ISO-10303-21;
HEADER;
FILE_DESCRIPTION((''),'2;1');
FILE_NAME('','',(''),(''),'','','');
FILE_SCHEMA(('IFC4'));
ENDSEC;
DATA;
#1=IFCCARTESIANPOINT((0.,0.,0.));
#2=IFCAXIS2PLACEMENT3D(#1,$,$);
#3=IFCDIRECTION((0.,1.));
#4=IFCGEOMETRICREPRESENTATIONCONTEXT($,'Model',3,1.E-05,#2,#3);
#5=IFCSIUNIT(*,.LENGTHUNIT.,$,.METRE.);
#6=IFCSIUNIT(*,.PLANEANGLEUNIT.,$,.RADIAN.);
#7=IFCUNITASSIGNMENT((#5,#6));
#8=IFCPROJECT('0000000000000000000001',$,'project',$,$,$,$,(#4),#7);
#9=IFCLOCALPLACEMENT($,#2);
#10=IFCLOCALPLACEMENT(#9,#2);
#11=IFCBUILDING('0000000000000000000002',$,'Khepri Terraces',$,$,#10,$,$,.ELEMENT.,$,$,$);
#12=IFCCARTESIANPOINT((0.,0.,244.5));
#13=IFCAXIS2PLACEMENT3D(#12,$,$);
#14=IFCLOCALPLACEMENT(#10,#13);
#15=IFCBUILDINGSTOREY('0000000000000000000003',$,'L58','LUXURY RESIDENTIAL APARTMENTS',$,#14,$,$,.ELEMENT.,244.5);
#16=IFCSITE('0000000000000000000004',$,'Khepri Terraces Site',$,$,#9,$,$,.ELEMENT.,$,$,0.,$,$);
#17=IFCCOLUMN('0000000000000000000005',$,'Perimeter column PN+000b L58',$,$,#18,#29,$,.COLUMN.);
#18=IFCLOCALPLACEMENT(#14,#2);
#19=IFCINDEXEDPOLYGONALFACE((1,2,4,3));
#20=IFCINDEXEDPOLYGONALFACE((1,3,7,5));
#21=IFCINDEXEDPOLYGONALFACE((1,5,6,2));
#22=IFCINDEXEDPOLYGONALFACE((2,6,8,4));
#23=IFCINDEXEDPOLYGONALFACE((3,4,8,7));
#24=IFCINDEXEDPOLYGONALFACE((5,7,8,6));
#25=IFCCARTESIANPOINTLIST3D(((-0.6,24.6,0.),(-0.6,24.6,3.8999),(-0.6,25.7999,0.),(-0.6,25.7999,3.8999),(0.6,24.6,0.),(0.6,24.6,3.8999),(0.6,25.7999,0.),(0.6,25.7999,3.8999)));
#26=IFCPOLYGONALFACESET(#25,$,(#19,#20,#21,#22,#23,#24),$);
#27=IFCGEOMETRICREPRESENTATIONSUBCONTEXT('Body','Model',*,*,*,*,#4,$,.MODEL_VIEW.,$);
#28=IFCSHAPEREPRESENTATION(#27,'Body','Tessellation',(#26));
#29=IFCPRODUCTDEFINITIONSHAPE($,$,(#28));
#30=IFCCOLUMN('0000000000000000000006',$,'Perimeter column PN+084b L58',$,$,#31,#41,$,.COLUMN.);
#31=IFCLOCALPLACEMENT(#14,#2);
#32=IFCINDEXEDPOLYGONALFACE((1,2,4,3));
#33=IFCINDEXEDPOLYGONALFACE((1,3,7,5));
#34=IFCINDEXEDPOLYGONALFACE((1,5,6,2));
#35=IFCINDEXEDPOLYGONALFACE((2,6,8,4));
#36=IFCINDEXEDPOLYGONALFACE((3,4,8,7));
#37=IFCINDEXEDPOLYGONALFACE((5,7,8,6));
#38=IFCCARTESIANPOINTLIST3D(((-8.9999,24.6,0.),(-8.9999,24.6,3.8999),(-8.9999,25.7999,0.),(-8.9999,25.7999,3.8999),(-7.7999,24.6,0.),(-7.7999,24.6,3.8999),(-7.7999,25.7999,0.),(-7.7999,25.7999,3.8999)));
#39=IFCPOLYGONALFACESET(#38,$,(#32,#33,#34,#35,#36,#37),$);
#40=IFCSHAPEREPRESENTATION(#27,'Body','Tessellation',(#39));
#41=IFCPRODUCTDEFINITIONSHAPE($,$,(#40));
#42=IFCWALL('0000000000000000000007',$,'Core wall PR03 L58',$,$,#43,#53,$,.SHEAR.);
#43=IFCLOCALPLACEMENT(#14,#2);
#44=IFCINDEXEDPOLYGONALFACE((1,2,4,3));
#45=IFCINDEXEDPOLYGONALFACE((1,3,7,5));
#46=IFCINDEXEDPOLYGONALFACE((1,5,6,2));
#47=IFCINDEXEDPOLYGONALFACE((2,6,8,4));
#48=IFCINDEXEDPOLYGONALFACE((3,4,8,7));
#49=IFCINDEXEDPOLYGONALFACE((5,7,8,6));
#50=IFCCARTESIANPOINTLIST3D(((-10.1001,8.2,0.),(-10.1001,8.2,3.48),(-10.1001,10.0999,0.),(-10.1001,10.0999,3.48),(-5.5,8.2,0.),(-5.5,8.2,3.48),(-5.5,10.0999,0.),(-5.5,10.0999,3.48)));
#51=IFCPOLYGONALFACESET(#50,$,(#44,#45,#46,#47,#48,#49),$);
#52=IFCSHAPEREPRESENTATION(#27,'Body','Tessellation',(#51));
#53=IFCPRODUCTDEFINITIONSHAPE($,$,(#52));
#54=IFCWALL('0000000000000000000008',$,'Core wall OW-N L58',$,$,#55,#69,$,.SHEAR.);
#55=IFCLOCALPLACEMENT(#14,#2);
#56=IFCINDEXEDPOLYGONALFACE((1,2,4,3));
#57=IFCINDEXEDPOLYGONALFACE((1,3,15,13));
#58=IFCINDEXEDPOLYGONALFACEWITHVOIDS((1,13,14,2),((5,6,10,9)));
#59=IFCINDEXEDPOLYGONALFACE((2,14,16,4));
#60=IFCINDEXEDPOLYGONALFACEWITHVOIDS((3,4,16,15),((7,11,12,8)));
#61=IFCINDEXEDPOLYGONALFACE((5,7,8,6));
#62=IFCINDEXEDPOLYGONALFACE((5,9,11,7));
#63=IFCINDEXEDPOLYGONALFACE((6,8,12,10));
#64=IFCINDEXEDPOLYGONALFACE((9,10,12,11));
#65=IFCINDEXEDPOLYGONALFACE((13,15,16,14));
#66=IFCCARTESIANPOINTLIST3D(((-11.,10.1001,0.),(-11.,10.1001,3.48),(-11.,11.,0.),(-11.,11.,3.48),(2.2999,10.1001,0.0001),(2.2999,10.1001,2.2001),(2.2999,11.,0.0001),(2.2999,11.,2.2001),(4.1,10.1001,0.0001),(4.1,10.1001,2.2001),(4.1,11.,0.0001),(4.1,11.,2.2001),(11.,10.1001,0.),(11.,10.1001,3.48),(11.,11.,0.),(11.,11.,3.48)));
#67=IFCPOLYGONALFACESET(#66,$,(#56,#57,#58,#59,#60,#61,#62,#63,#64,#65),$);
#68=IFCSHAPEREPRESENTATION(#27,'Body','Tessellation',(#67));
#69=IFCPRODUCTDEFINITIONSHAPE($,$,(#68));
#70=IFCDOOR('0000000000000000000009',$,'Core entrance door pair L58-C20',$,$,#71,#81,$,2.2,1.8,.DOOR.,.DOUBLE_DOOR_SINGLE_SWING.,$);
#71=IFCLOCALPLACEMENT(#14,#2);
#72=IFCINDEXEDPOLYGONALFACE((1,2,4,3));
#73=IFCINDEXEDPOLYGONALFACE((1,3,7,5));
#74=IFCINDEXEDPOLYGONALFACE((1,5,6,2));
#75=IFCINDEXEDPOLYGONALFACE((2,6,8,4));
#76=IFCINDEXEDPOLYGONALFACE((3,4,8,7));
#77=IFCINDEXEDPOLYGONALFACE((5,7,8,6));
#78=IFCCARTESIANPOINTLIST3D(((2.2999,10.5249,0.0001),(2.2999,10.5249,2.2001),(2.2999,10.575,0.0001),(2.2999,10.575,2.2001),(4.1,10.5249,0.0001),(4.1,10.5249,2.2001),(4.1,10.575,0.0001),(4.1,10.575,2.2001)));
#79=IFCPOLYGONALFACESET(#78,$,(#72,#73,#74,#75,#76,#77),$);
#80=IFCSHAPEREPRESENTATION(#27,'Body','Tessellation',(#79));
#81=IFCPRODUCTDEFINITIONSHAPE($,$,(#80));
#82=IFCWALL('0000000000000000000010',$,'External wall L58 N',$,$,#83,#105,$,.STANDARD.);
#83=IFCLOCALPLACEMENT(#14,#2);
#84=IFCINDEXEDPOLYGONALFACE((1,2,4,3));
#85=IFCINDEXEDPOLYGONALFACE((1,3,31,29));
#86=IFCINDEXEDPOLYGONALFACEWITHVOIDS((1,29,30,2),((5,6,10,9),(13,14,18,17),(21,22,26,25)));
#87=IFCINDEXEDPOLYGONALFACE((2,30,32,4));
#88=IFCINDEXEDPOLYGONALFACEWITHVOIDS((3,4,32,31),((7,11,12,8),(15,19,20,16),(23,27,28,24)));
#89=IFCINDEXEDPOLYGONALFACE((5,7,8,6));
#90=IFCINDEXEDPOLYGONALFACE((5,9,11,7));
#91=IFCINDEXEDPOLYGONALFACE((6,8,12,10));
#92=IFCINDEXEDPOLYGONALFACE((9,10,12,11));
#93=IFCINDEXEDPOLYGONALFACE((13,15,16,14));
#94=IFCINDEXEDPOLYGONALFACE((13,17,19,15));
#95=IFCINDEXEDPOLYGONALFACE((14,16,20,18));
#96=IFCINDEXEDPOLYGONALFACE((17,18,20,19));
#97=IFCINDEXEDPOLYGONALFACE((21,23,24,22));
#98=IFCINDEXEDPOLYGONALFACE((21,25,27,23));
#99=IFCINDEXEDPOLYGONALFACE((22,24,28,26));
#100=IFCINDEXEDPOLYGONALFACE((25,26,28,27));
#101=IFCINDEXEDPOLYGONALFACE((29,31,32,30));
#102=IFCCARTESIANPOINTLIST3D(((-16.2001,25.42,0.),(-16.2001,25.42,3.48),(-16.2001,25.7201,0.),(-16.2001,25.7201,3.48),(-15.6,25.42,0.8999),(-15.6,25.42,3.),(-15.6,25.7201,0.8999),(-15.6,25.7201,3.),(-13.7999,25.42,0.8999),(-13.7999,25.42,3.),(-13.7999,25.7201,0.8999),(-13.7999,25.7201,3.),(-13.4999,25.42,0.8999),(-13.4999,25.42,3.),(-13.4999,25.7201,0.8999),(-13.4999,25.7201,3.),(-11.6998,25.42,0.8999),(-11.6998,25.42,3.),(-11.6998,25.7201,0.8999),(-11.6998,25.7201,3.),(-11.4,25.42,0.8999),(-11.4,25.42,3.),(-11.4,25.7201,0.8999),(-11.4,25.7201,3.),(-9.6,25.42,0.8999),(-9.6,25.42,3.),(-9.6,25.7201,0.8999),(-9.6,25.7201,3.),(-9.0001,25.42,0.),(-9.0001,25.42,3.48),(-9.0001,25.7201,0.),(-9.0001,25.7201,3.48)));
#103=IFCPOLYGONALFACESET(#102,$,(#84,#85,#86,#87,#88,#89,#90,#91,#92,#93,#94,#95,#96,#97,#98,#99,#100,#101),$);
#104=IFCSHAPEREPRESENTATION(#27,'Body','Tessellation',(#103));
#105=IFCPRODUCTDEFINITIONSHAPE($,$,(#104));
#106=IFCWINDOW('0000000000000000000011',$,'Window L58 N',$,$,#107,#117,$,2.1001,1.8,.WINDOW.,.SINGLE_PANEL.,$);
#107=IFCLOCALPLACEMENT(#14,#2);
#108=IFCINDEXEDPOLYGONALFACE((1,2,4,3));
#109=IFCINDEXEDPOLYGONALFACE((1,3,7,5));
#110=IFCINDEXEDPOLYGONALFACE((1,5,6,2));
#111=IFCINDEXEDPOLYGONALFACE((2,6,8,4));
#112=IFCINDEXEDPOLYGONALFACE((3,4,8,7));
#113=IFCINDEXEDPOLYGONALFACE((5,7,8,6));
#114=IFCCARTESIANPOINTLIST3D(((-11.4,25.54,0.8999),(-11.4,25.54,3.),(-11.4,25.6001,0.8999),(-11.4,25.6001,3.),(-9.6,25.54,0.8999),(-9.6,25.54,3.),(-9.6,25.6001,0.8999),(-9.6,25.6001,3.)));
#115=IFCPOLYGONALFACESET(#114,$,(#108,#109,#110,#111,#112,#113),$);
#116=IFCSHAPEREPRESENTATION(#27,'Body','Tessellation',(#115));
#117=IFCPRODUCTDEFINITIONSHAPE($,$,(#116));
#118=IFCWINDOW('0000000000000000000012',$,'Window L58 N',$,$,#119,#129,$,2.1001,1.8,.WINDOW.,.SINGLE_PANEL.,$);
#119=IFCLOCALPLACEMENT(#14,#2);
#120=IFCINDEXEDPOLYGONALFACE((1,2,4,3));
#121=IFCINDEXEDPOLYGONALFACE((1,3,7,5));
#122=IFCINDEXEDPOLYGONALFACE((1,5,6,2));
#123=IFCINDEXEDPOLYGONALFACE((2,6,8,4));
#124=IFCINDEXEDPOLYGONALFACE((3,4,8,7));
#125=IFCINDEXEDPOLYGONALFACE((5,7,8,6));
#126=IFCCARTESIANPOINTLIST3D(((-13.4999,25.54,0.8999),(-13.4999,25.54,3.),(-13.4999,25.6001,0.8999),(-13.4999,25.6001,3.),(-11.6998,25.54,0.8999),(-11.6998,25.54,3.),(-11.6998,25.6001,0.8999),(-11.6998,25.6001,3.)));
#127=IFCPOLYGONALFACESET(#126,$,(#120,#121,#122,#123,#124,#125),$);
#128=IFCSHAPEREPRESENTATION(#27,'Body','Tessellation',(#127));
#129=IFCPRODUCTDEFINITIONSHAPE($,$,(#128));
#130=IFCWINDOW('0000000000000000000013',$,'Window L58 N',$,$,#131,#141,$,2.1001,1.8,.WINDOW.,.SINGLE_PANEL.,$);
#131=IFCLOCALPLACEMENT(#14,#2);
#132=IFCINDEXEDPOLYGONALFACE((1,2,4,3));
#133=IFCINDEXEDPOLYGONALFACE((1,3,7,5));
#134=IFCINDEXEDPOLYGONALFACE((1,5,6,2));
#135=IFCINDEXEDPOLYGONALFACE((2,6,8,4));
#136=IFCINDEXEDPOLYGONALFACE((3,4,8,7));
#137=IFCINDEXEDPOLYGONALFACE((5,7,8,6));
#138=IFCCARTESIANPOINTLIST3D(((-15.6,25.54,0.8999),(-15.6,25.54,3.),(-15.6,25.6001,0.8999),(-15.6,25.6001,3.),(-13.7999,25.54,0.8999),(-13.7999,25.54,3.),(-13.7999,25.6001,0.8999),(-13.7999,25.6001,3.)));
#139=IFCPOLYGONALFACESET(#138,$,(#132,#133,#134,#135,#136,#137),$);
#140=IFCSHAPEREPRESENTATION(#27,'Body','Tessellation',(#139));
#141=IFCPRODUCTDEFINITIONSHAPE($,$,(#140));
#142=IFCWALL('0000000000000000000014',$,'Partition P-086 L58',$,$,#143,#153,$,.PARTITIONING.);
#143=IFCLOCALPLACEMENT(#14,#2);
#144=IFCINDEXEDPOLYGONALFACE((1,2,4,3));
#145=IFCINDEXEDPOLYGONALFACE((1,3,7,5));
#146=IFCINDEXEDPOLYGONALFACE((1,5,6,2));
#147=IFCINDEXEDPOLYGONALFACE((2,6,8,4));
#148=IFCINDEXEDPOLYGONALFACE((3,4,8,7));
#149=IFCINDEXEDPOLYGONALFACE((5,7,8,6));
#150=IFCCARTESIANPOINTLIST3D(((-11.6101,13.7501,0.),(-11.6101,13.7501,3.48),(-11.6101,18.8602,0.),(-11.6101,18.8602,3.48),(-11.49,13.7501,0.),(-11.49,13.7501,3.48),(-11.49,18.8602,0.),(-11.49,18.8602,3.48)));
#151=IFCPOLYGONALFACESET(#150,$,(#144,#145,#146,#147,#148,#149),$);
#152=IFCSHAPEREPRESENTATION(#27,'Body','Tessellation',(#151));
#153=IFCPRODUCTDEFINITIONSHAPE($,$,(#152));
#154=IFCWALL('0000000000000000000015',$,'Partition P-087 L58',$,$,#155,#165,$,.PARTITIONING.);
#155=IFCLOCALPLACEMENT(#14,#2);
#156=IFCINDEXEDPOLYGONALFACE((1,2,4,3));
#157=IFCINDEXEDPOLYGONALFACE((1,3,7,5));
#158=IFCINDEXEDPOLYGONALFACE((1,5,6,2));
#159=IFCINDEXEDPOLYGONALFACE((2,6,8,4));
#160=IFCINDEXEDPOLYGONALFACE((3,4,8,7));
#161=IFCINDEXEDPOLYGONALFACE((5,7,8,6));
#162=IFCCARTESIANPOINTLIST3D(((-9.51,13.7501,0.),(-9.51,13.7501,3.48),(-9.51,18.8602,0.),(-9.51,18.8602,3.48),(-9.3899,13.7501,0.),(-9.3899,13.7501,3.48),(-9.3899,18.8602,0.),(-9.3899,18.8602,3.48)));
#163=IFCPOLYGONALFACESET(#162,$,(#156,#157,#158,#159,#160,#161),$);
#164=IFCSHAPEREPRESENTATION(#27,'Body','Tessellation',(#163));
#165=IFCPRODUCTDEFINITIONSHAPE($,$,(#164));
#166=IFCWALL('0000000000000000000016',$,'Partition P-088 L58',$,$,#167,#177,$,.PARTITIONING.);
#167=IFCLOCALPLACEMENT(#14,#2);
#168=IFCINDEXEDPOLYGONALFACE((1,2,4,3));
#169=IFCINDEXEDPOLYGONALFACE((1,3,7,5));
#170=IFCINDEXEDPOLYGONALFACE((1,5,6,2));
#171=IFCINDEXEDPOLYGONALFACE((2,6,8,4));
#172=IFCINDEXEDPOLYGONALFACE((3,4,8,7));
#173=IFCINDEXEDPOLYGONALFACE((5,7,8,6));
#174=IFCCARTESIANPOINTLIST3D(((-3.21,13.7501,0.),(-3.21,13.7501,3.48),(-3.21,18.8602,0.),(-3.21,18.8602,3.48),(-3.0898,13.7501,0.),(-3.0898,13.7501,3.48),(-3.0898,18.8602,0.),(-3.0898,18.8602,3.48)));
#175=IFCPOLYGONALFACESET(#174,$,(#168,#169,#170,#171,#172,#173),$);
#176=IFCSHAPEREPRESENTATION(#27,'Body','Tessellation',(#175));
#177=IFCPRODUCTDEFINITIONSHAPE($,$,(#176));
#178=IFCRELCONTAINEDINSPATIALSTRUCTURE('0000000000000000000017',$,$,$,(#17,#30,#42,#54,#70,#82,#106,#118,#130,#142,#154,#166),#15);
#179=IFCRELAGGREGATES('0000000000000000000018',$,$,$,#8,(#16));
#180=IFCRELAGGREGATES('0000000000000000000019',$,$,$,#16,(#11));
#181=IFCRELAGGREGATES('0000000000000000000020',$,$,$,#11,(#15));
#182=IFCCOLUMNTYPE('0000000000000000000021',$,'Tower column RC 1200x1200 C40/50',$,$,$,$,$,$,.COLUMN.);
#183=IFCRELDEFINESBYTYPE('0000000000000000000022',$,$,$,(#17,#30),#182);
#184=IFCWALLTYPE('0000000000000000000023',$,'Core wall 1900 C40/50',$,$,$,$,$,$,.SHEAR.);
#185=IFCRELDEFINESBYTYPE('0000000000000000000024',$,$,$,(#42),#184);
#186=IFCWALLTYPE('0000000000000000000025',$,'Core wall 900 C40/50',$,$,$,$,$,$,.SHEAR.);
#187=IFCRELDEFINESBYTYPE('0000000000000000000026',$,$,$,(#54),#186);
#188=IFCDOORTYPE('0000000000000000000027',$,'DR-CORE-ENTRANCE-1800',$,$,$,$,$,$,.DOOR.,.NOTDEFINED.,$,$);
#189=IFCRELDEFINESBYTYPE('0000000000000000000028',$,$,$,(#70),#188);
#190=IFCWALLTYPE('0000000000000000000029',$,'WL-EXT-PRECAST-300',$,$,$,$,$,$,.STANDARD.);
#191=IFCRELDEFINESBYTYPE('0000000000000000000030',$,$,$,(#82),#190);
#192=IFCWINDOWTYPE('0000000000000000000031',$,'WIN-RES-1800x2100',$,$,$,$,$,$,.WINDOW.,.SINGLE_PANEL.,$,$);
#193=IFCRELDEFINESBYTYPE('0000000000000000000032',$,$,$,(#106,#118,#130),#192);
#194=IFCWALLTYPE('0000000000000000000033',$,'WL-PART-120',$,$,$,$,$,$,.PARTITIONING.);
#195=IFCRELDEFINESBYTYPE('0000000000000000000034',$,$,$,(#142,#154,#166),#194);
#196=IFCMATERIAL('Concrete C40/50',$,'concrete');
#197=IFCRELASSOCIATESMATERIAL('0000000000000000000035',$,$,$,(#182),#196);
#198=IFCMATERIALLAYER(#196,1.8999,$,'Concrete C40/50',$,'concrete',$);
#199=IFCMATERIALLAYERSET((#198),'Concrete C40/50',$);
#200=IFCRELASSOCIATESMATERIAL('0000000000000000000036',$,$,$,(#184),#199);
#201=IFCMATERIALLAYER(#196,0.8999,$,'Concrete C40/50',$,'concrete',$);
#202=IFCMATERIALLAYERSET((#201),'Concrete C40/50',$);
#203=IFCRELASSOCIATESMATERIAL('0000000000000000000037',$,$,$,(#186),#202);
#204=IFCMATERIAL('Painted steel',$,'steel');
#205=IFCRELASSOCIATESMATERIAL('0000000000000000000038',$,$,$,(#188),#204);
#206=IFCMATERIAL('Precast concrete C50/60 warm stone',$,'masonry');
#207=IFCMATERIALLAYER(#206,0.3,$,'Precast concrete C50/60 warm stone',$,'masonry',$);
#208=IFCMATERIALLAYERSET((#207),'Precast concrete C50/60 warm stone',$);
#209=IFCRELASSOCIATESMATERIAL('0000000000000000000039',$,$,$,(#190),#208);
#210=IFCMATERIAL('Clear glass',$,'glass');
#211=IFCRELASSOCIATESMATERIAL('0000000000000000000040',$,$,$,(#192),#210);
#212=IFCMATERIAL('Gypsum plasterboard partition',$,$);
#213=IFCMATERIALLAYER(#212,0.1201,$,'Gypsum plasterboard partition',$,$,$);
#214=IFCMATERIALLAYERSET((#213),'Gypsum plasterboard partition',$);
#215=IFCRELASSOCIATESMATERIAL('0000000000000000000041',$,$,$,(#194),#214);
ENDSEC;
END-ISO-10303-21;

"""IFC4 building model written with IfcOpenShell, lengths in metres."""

from ifc_helpers import new_model, si_unit, direction, frame, frame_2d, origin, origin_2d, place, context, subcontext, project, spatial, rectangle, extrude, material, layer, layer_set, material_profile, profile_set, type_object, element, fill, save


model = new_model("IFC4")

# Units and contexts
model_context = context("Model", 3, precision=1e-05, world=origin(), true_north=direction((0.0, 1.0)))
body_context = subcontext(model_context, "Body", "Model", "MODEL_VIEW")
ifc_project = project(units=[si_unit("LENGTHUNIT", "METRE"), si_unit("PLANEANGLEUNIT", "RADIAN")], contexts=[model_context])

# Site, building, storey
site_placement = place(None, origin())
site = spatial("IfcSite", under=ifc_project, at=site_placement, Name="Khepri Terraces Site", CompositionType="ELEMENT", RefElevation=0.0)
building_placement = place(site_placement, origin())
building = spatial("IfcBuilding", under=site, at=building_placement, Name="Khepri Terraces", CompositionType="ELEMENT")
storey_placement = place(building_placement, frame((0.0, 0.0, 244.5)))
storey = spatial("IfcBuildingStorey", under=building, at=storey_placement, Name="L58", Description="LUXURY RESIDENTIAL APARTMENTS", CompositionType="ELEMENT", Elevation=244.5)

# Columns
ifc_material_1 = material(Name="Concrete C40/50", Category="concrete")
ifc_material_profile = material_profile(ifc_material_1, rectangle(XDim=1.2, YDim=1.2, at=origin_2d()), Name="Concrete C40/50", Category="concrete")
ifc_profile_set = profile_set([ifc_material_profile], Name="Concrete C40/50")
column_type = type_object("IfcColumnType", Name="Tower column RC 1200x1200 C40/50", PredefinedType="COLUMN", material=ifc_profile_set)
for number, where, z_axis, x_axis, name in (
    (1, (0.0, 25.2, 0.0), (0.0, 0.0, 1.0), (1.0, 0.0, 0.0), "Perimeter column PN+000b L58"),
    (2, (-8.3999, 25.2, 0.0), (0.0, 0.0, 1.0), (1.0, 0.0, 0.0), "Perimeter column PN+084b L58"),
):
    element("IfcColumn", number, at=place(storey_placement, frame(where, z_axis=z_axis, x_axis=x_axis)), inside=storey, type_object=column_type, Name=name, PredefinedType="COLUMN", context=body_context, shape_type="SweptSolid", body=[
        extrude(rectangle(XDim=1.2, YDim=1.2, at=origin_2d()), origin(), (0.0, 0.0, 1.0), 3.8999),
    ])

# Wall
ifc_layer_1 = layer(ifc_material_1, 1.8999, Name="Concrete C40/50", Category="concrete")
ifc_layer_set_1 = layer_set([ifc_layer_1], Name="Concrete C40/50")
wall_type_1 = type_object("IfcWallType", Name="Core wall 1900 C40/50", PredefinedType="SHEAR", material=ifc_layer_set_1)
wall_1_placement = place(storey_placement, frame((-10.1001, 9.1499, 0.0), z_axis=(0.0, 0.0, 1.0), x_axis=(1.0, 0.0, 0.0)))
element("IfcWall", 3, at=wall_1_placement, inside=storey, type_object=wall_type_1, Name="Core wall PR03 L58", PredefinedType="SHEAR", context=body_context, shape_type="SweptSolid", body=[
    extrude(rectangle(XDim=4.6001, YDim=1.8999, at=frame_2d((2.3, 0.0))), origin(), (0.0, 0.0, 1.0), 3.48),
])

# Wall, opening, door
ifc_layer_2 = layer(ifc_material_1, 0.8999, Name="Concrete C40/50", Category="concrete")
ifc_layer_set_2 = layer_set([ifc_layer_2], Name="Concrete C40/50")
wall_type_2 = type_object("IfcWallType", Name="Core wall 900 C40/50", PredefinedType="SHEAR", material=ifc_layer_set_2)
wall_2_placement = place(storey_placement, frame((-11.0, 10.55, 0.0), z_axis=(0.0, 0.0, 1.0), x_axis=(1.0, 0.0, 0.0)))
wall_2 = element("IfcWall", 4, at=wall_2_placement, inside=storey, type_object=wall_type_2, Name="Core wall OW-N L58", PredefinedType="SHEAR", context=body_context, shape_type="SweptSolid", body=[
    extrude(rectangle(XDim=22.0, YDim=0.8999, at=frame_2d((11.0, 0.0))), origin(), (0.0, 0.0, 1.0), 3.48),
])
opening_1_placement = place(wall_2_placement, frame((13.3, 0.0, 0.0)))
opening_1 = element("IfcOpeningElement", 5, at=opening_1_placement, cuts=wall_2, PredefinedType="OPENING", context=body_context, shape_type="SweptSolid", body=[
    extrude(rectangle(XDim=1.8, YDim=2.2, at=frame_2d((0.8999, 1.1001))), frame((0.0, 0.46, 0.0), z_axis=(0.0, -1.0, 0.0), x_axis=(1.0, 0.0, 0.0)), (0.0, 0.0, 1.0), 0.9199),
])
ifc_material_2 = material(Name="Painted steel", Category="steel")
door_type_1 = type_object("IfcDoorType", Name="DR-CORE-ENTRANCE-1800", OperationType="NOTDEFINED", PredefinedType="DOOR", material=ifc_material_2)
door_1_placement = place(opening_1_placement, origin())
door_1 = element("IfcDoor", 6, at=door_1_placement, inside=storey, type_object=door_type_1, Name="Core entrance door pair L58-C20", OperationType="DOUBLE_DOOR_SINGLE_SWING", OverallHeight=2.2, OverallWidth=1.8, PredefinedType="DOOR", context=body_context, shape_type="SweptSolid", body=[
    extrude(rectangle(XDim=1.8, YDim=2.2, at=frame_2d((0.8999, 1.1001))), frame((0.0, 0.0249, 0.0), z_axis=(0.0, -1.0, 0.0), x_axis=(1.0, 0.0, 0.0)), (0.0, 0.0, 1.0), 0.05),
])
fill(opening_1, door_1)

# Shared definitions
ifc_material_3 = material(Name="Precast concrete C50/60 warm stone", Category="masonry")
ifc_layer_3 = layer(ifc_material_3, 0.3, Name="Precast concrete C50/60 warm stone", Category="masonry")
ifc_layer_set_3 = layer_set([ifc_layer_3], Name="Precast concrete C50/60 warm stone")
wall_type_3 = type_object("IfcWallType", Name="WL-EXT-PRECAST-300", PredefinedType="STANDARD", material=ifc_layer_set_3)
ifc_material_4 = material(Name="Clear glass", Category="glass")
window_type = type_object("IfcWindowType", Name="WIN-RES-1800x2100", PartitioningType="SINGLE_PANEL", PredefinedType="WINDOW", material=ifc_material_4)

# Wall, openings, windows
wall_3_placement = place(storey_placement, frame((-9.0, 25.5701, 0.0), z_axis=(0.0, 0.0, 1.0), x_axis=(-1.0, 0.0, 0.0)))
wall_3 = element("IfcWall", 7, at=wall_3_placement, inside=storey, type_object=wall_type_3, Name="External wall L58 N", PredefinedType="STANDARD", context=body_context, shape_type="SweptSolid", body=[
    extrude(rectangle(XDim=7.2, YDim=0.3, at=frame_2d((3.6001, 0.0))), origin(), (0.0, 0.0, 1.0), 3.48),
])
opening_2_placement = place(wall_3_placement, frame((0.6001, 0.0, 0.8999)))
opening_2 = element("IfcOpeningElement", 8, at=opening_2_placement, cuts=wall_3, PredefinedType="OPENING", context=body_context, shape_type="SweptSolid", body=[
    extrude(rectangle(XDim=1.8, YDim=2.1001, at=frame_2d((0.8999, 1.05))), frame((0.0, 0.1602, 0.0), z_axis=(0.0, -1.0, 0.0), x_axis=(1.0, 0.0, 0.0)), (0.0, 0.0, 1.0), 0.3201),
])
opening_3_placement = place(wall_3_placement, frame((2.7, 0.0, 0.8999)))
opening_3 = element("IfcOpeningElement", 9, at=opening_3_placement, cuts=wall_3, PredefinedType="OPENING", context=body_context, shape_type="SweptSolid", body=[
    extrude(rectangle(XDim=1.8, YDim=2.1001, at=frame_2d((0.8999, 1.05))), frame((0.0, 0.1602, 0.0), z_axis=(0.0, -1.0, 0.0), x_axis=(1.0, 0.0, 0.0)), (0.0, 0.0, 1.0), 0.3201),
])
opening_4_placement = place(wall_3_placement, frame((4.8, 0.0, 0.8999)))
opening_4 = element("IfcOpeningElement", 10, at=opening_4_placement, cuts=wall_3, PredefinedType="OPENING", context=body_context, shape_type="SweptSolid", body=[
    extrude(rectangle(XDim=1.8, YDim=2.1001, at=frame_2d((0.8999, 1.05))), frame((0.0, 0.1602, 0.0), z_axis=(0.0, -1.0, 0.0), x_axis=(1.0, 0.0, 0.0)), (0.0, 0.0, 1.0), 0.3201),
])
window_1_placement = place(opening_2_placement, origin())
window_1 = element("IfcWindow", 11, at=window_1_placement, inside=storey, type_object=window_type, Name="Window L58 N", OverallHeight=2.1001, OverallWidth=1.8, PartitioningType="SINGLE_PANEL", PredefinedType="WINDOW", context=body_context, shape_type="SweptSolid", body=[
    extrude(rectangle(XDim=1.8, YDim=2.1001, at=frame_2d((0.8999, 1.05))), frame((0.0, 0.03, 0.0), z_axis=(0.0, -1.0, 0.0), x_axis=(1.0, 0.0, 0.0)), (0.0, 0.0, 1.0), 0.0601),
])
fill(opening_2, window_1)
window_2_placement = place(opening_3_placement, origin())
window_2 = element("IfcWindow", 12, at=window_2_placement, inside=storey, type_object=window_type, Name="Window L58 N", OverallHeight=2.1001, OverallWidth=1.8, PartitioningType="SINGLE_PANEL", PredefinedType="WINDOW", context=body_context, shape_type="SweptSolid", body=[
    extrude(rectangle(XDim=1.8, YDim=2.1001, at=frame_2d((0.8999, 1.05))), frame((0.0, 0.03, 0.0), z_axis=(0.0, -1.0, 0.0), x_axis=(1.0, 0.0, 0.0)), (0.0, 0.0, 1.0), 0.0601),
])
fill(opening_3, window_2)
window_3_placement = place(opening_4_placement, origin())
window_3 = element("IfcWindow", 13, at=window_3_placement, inside=storey, type_object=window_type, Name="Window L58 N", OverallHeight=2.1001, OverallWidth=1.8, PartitioningType="SINGLE_PANEL", PredefinedType="WINDOW", context=body_context, shape_type="SweptSolid", body=[
    extrude(rectangle(XDim=1.8, YDim=2.1001, at=frame_2d((0.8999, 1.05))), frame((0.0, 0.03, 0.0), z_axis=(0.0, -1.0, 0.0), x_axis=(1.0, 0.0, 0.0)), (0.0, 0.0, 1.0), 0.0601),
])
fill(opening_4, window_3)

# Walls
ifc_material_5 = material(Name="Gypsum plasterboard partition")
ifc_layer_4 = layer(ifc_material_5, 0.1201, Name="Gypsum plasterboard partition")
ifc_layer_set_4 = layer_set([ifc_layer_4], Name="Gypsum plasterboard partition")
wall_type_4 = type_object("IfcWallType", Name="WL-PART-120", PredefinedType="PARTITIONING", material=ifc_layer_set_4)
for number, where, z_axis, x_axis, name in (
    (14, (-11.55, 13.75, 0.0), (0.0, 0.0, 1.0), (0.0, 1.0, 0.0), "Partition P-086 L58"),
    (15, (-9.45, 13.75, 0.0), (0.0, 0.0, 1.0), (0.0, 1.0, 0.0), "Partition P-087 L58"),
    (16, (-3.1499, 13.75, 0.0), (0.0, 0.0, 1.0), (0.0, 1.0, 0.0), "Partition P-088 L58"),
):
    element("IfcWall", number, at=place(storey_placement, frame(where, z_axis=z_axis, x_axis=x_axis)), inside=storey, type_object=wall_type_4, Name=name, PredefinedType="PARTITIONING", context=body_context, shape_type="SweptSolid", body=[
        extrude(rectangle(XDim=5.1101, YDim=0.1201, at=frame_2d((2.5552, 0.0))), origin(), (0.0, 0.0, 1.0), 3.48),
    ])

save(model, "model.ifc")
